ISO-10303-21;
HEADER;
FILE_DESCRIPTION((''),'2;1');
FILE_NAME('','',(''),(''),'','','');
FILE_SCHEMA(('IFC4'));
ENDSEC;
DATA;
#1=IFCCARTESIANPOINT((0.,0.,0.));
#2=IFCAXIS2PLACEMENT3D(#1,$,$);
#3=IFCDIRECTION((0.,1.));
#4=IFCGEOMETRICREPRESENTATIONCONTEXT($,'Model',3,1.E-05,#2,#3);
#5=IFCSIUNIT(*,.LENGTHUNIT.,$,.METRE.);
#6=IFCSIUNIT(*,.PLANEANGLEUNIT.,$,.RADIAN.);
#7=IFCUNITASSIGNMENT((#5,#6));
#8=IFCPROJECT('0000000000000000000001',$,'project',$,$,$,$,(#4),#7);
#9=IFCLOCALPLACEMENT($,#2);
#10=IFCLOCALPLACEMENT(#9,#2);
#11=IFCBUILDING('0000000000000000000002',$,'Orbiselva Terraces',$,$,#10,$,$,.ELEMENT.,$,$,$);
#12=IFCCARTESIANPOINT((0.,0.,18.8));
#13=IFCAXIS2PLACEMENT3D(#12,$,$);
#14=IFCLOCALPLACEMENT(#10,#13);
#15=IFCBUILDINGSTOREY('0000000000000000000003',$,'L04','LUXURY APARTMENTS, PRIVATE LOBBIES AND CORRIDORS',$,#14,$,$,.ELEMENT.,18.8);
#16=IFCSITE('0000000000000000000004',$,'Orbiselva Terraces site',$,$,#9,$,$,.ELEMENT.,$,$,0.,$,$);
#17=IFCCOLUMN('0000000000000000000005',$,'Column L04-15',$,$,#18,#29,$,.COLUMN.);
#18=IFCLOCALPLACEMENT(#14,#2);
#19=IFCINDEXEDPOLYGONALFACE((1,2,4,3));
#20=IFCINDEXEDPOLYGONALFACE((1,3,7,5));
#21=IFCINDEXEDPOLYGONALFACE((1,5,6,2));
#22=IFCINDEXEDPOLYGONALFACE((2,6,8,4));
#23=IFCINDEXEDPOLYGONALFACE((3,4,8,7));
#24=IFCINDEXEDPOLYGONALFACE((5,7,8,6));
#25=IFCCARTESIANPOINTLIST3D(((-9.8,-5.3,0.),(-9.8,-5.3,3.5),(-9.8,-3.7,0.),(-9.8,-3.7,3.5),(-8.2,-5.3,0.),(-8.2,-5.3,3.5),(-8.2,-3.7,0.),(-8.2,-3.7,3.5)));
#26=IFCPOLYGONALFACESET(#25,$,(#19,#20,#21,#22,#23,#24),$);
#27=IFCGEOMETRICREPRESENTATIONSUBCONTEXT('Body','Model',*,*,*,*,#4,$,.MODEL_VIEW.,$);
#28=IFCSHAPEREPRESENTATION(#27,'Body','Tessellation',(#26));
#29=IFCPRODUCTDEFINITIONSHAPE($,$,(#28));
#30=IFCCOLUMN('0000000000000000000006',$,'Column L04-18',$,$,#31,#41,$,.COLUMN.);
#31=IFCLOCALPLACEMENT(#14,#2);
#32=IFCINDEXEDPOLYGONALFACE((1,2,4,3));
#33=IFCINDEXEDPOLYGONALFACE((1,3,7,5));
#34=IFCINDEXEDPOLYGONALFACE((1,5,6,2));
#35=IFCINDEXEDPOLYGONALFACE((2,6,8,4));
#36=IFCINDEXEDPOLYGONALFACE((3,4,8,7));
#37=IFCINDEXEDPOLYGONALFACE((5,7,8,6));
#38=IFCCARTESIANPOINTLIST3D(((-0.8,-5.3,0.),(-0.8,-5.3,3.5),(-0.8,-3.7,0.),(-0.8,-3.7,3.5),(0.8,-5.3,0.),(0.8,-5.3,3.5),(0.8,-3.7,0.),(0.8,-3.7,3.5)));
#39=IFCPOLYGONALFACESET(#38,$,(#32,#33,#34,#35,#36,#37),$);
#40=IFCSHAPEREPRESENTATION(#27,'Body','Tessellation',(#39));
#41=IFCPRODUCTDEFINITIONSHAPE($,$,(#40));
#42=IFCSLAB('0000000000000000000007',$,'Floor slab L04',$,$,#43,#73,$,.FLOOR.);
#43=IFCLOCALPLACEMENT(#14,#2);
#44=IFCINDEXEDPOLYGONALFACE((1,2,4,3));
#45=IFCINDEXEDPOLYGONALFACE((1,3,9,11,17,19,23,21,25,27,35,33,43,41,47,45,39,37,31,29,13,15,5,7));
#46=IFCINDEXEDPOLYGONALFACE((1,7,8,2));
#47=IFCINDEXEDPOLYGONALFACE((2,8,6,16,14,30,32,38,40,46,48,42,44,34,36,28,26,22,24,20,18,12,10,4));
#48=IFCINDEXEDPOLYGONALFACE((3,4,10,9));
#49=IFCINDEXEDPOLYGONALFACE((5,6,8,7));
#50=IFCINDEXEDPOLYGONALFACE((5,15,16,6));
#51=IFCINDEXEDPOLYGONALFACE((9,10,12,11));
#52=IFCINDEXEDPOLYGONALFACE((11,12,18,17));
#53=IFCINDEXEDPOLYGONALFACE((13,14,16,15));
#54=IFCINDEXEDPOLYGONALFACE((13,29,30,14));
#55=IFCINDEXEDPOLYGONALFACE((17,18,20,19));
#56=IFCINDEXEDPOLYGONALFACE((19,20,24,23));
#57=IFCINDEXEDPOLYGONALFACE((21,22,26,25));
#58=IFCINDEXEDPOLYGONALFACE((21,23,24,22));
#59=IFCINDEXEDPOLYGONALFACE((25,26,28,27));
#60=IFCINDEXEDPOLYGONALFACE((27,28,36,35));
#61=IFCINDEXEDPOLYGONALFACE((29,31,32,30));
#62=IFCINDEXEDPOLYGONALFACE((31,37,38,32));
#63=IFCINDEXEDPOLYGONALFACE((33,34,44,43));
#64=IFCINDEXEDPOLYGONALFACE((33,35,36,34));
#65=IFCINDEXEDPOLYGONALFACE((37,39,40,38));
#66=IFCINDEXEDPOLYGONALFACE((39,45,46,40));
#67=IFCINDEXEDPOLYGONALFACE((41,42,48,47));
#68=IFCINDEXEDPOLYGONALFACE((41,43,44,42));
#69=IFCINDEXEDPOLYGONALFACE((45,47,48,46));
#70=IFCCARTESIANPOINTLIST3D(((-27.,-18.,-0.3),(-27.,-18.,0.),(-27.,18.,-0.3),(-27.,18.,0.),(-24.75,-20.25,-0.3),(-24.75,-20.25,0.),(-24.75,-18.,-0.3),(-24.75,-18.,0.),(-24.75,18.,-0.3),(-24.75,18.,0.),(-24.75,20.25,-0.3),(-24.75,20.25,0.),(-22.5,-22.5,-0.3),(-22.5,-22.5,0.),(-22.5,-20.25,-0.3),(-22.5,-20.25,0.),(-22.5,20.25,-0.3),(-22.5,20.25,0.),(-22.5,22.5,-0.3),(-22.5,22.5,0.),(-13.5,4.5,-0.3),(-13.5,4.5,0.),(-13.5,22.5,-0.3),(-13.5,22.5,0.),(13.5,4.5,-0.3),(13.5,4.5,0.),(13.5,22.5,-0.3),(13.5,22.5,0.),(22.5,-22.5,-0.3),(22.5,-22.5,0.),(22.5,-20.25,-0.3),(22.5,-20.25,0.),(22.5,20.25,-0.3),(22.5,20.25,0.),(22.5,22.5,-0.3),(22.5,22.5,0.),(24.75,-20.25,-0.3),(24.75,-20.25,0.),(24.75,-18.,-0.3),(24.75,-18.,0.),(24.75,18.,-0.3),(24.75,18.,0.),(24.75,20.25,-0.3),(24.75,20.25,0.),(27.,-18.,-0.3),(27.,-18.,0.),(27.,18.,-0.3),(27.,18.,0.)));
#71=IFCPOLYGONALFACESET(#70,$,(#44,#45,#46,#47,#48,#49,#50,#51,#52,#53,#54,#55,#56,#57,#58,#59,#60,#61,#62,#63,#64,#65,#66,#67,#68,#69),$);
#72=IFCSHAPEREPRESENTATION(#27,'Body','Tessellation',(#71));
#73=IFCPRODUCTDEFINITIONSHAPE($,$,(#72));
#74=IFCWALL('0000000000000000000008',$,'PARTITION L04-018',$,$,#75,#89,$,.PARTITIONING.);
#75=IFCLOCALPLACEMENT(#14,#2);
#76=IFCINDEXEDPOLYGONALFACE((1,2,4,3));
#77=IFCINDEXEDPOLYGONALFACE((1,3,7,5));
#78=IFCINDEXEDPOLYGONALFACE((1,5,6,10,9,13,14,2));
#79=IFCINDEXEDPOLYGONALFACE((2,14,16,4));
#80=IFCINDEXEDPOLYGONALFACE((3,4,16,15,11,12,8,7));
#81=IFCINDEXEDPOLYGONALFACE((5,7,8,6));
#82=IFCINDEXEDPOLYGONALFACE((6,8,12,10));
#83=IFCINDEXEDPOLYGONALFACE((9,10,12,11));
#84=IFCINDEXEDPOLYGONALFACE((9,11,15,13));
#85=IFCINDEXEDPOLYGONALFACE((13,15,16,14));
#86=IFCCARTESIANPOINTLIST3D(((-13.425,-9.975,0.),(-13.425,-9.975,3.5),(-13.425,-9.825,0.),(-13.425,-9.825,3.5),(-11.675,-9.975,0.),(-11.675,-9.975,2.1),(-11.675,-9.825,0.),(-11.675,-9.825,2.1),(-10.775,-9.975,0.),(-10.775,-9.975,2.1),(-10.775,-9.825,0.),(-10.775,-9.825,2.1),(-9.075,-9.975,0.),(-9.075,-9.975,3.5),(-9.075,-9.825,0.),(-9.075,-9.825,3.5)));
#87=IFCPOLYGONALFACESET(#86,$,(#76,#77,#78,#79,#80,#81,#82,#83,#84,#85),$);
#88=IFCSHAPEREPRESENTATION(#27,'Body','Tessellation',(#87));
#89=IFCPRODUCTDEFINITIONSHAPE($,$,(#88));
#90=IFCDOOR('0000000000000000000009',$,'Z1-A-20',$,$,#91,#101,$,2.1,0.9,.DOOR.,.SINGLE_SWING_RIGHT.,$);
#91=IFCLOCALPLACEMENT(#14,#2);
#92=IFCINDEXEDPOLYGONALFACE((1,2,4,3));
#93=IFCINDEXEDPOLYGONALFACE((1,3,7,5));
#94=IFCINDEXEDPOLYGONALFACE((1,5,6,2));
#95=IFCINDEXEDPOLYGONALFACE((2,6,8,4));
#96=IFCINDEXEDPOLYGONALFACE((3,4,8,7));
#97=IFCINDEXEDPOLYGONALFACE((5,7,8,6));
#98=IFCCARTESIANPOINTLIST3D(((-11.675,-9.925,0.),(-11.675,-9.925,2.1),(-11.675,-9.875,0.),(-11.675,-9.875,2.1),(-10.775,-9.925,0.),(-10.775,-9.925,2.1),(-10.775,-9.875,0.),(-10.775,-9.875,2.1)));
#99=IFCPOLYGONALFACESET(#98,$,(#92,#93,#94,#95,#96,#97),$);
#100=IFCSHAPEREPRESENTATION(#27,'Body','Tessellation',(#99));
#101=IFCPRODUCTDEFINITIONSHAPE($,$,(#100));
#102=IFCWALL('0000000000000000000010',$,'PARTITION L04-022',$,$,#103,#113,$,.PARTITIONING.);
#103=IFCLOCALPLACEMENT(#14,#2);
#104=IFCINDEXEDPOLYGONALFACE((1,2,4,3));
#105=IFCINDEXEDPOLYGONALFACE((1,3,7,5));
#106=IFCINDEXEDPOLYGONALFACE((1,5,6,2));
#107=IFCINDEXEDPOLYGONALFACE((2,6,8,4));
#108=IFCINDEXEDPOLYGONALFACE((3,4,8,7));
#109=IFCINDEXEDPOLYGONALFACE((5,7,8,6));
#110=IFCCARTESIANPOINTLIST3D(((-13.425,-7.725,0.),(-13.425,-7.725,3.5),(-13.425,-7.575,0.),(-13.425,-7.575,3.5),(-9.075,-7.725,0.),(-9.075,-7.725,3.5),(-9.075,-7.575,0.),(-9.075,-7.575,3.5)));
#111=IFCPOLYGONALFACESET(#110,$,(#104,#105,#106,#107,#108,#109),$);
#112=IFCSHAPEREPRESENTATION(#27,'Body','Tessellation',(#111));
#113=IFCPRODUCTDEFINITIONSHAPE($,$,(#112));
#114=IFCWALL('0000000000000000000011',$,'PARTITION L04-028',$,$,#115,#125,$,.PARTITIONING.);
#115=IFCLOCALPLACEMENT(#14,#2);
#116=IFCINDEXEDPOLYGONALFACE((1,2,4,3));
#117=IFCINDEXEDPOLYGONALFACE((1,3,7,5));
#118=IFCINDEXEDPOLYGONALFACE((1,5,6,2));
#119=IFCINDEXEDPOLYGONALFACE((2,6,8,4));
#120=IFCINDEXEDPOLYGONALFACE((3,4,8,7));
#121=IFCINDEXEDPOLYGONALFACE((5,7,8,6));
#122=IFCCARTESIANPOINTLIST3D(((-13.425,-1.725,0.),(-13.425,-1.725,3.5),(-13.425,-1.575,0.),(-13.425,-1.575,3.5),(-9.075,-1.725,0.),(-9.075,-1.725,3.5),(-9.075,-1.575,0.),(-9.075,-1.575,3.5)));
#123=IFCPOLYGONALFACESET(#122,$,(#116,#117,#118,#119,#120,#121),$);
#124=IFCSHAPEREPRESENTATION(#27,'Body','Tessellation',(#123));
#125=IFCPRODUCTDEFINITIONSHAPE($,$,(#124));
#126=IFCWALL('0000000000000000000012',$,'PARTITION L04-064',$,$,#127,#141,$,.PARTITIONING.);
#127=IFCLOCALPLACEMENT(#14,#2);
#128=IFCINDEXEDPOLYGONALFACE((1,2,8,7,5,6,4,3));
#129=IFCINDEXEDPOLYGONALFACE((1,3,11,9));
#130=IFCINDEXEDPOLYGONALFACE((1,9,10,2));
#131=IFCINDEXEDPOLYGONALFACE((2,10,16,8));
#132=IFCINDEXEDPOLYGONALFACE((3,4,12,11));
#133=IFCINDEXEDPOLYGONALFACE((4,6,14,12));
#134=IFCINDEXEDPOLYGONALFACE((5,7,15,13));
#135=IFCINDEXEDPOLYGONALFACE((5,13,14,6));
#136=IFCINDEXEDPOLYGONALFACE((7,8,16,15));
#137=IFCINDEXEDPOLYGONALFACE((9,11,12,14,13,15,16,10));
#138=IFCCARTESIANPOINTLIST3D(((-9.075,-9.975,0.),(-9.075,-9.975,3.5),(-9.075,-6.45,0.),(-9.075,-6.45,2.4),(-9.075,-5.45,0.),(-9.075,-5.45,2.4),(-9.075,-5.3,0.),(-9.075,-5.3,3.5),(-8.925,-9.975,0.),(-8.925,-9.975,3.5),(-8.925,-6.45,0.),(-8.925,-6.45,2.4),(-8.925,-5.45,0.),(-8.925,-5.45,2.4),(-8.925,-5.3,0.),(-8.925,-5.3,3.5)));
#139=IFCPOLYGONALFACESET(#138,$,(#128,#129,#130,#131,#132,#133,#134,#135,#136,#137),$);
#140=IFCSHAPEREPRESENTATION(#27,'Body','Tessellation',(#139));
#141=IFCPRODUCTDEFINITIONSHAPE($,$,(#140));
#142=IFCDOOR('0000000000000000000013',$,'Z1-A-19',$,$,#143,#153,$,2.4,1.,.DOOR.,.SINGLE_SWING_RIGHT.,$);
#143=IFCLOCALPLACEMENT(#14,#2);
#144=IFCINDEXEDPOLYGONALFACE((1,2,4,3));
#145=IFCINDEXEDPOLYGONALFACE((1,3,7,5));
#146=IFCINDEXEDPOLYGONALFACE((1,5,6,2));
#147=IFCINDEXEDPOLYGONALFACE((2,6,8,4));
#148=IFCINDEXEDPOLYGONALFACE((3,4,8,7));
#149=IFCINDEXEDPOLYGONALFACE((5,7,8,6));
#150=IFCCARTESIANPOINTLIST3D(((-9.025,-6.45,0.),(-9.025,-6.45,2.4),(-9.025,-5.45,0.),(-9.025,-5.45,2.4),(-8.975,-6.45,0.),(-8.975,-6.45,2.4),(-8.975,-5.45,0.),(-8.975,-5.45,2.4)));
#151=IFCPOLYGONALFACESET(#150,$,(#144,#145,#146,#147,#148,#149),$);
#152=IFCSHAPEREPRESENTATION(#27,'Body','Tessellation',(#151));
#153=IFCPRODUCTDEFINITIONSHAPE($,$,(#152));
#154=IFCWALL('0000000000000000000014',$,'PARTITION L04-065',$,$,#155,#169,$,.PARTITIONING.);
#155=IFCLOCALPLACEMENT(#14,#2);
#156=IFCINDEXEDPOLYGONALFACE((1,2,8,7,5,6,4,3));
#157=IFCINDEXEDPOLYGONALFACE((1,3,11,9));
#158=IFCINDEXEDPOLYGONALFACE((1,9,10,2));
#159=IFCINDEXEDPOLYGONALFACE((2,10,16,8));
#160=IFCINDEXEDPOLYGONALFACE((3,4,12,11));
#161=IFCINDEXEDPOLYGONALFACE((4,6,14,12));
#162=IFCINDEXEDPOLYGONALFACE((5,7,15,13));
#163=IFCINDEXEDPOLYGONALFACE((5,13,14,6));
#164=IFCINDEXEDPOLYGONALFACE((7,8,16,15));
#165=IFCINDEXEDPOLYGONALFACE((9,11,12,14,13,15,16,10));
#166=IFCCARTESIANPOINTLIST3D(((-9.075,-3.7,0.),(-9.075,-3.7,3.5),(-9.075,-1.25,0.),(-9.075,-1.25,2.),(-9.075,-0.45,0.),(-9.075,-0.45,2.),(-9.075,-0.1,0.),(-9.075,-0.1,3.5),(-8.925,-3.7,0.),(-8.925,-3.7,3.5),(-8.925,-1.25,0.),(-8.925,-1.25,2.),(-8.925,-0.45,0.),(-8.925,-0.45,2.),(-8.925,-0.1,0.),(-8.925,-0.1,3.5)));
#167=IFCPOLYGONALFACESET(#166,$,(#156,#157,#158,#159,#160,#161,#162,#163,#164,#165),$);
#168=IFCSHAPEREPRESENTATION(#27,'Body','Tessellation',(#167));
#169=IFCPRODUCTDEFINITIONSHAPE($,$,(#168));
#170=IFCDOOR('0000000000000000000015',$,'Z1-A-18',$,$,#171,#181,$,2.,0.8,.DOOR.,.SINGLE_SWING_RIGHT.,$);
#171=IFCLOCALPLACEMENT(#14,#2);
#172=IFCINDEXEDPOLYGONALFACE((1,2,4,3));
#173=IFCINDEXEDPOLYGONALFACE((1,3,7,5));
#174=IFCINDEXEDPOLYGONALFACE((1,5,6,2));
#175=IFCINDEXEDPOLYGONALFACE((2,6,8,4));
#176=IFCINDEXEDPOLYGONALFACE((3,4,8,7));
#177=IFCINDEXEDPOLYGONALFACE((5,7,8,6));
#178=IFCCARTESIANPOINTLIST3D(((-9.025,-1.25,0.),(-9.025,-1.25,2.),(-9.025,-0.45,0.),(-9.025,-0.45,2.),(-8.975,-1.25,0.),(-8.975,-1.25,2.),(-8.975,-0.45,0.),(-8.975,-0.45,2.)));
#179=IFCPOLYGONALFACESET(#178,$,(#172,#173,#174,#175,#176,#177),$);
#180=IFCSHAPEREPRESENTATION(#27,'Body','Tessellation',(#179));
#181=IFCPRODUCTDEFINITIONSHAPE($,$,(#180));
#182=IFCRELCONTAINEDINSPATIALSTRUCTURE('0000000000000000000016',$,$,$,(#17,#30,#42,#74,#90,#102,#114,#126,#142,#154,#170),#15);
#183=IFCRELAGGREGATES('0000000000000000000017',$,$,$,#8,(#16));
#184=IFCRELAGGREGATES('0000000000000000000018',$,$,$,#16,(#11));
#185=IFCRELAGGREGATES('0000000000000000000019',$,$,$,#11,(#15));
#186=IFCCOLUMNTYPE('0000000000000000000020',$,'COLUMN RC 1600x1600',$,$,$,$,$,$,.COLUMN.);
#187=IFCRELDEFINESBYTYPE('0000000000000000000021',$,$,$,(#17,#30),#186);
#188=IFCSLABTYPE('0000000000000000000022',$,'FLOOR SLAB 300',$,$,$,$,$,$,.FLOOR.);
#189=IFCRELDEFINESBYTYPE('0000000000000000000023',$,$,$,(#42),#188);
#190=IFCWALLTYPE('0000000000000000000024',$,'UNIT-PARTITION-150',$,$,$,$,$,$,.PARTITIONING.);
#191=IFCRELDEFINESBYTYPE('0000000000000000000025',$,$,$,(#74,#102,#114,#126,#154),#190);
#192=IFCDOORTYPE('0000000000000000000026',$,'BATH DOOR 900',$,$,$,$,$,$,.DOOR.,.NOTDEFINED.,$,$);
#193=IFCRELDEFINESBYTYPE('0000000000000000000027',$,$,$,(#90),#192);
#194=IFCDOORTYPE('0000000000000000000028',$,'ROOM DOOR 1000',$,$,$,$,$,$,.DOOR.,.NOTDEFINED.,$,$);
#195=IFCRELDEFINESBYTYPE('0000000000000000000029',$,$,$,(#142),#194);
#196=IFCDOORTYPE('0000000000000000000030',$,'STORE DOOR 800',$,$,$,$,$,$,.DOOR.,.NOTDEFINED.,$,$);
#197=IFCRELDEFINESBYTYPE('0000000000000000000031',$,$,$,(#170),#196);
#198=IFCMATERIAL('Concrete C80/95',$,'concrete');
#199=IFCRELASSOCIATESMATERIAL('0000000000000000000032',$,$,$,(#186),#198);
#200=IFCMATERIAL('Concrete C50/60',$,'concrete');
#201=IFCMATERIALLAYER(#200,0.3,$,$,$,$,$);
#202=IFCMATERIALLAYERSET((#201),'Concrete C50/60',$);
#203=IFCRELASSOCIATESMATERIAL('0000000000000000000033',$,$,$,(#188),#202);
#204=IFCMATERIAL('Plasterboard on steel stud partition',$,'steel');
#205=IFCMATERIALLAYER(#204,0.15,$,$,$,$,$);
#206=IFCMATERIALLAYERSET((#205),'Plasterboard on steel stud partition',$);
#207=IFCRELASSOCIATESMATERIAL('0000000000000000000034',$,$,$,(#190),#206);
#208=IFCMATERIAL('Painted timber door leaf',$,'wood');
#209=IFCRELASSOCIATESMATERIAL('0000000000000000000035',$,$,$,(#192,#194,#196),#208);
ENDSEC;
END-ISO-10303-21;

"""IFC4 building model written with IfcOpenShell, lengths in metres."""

from ifc_helpers import new_model, si_unit, direction, frame, frame_2d, origin, origin_2d, place, context, subcontext, project, spatial, polyline, rectangle, outline, extrude, material, layer, layer_set, material_profile, profile_set, type_object, element, fill, save


model = new_model("IFC4")

# Units and contexts
model_context = context("Model", 3, precision=1e-05, world=origin(), true_north=direction((0.0, 1.0)))
body_context = subcontext(model_context, "Body", "Model", "MODEL_VIEW")
ifc_project = project(units=[si_unit("LENGTHUNIT", "METRE"), si_unit("PLANEANGLEUNIT", "RADIAN")], contexts=[model_context])

# Site, building, storey
site_placement = place(None, origin())
site = spatial("IfcSite", under=ifc_project, at=site_placement, Name="Orbiselva Terraces site", CompositionType="ELEMENT", RefElevation=0.0)
building_placement = place(site_placement, origin())
building = spatial("IfcBuilding", under=site, at=building_placement, Name="Orbiselva Terraces", CompositionType="ELEMENT")
storey_placement = place(building_placement, frame((0.0, 0.0, 18.8)))
storey = spatial("IfcBuildingStorey", under=building, at=storey_placement, Name="L04", Description="LUXURY APARTMENTS, PRIVATE LOBBIES AND CORRIDORS", CompositionType="ELEMENT", Elevation=18.8)

# Columns
ifc_material_1 = material(Name="Concrete C80/95", Category="concrete")
ifc_material_profile = material_profile(ifc_material_1, rectangle(XDim=1.6, YDim=1.6, at=origin_2d()), Name="RC 1600x1600")
ifc_profile_set = profile_set([ifc_material_profile], Name="Concrete C80/95")
column_type = type_object("IfcColumnType", Name="COLUMN RC 1600x1600", PredefinedType="COLUMN", material=ifc_profile_set)
for number, where, z_axis, x_axis, name in (
    (1, (-9.0, -4.5, 0.0), (0.0, 0.0, 1.0), (1.0, 0.0, 0.0), "Column L04-15"),
    (2, (0.0, -4.5, 0.0), (0.0, 0.0, 1.0), (1.0, 0.0, 0.0), "Column L04-18"),
):
    element("IfcColumn", number, at=place(storey_placement, frame(where, z_axis=z_axis, x_axis=x_axis)), inside=storey, type_object=column_type, Name=name, PredefinedType="COLUMN", context=body_context, shape_type="SweptSolid", body=[
        extrude(rectangle(XDim=1.6, YDim=1.6, at=origin_2d()), origin(), (0.0, 0.0, 1.0), 3.5),
    ])

# Slab
ifc_material_2 = material(Name="Concrete C50/60", Category="concrete")
ifc_layer_1 = layer(ifc_material_2, 0.3)
ifc_layer_set_1 = layer_set([ifc_layer_1], Name="Concrete C50/60")
slab_type = type_object("IfcSlabType", Name="FLOOR SLAB 300", PredefinedType="FLOOR", material=ifc_layer_set_1)
slab_placement = place(storey_placement, frame((0.0, 0.0, -0.3)))
element("IfcSlab", 3, at=slab_placement, inside=storey, type_object=slab_type, Name="Floor slab L04", PredefinedType="FLOOR", context=body_context, shape_type="SweptSolid", body=[
    extrude(outline(polyline([(22.5, 22.5), (22.5, 20.25), (24.75, 20.25), (24.75, 18.0), (27.0, 18.0), (27.0, -18.0), (24.75, -18.0), (24.75, -20.25), (22.5, -20.25), (22.5, -22.5), (-22.5, -22.5), (-22.5, -20.25), (-24.75, -20.25), (-24.75, -18.0), (-27.0, -18.0), (-27.0, 18.0), (-24.75, 18.0), (-24.75, 20.25), (-22.5, 20.25), (-22.5, 22.5), (-13.5, 22.5), (-13.5, 4.5), (13.5, 4.5), (13.5, 22.5), (22.5, 22.5)])), origin(), (0.0, 0.0, 1.0), 0.3),
])

# Wall, opening, door
ifc_material_3 = material(Name="Plasterboard on steel stud partition", Category="steel")
ifc_layer_2 = layer(ifc_material_3, 0.15)
ifc_layer_set_2 = layer_set([ifc_layer_2], Name="Plasterboard on steel stud partition")
wall_type = type_object("IfcWallType", Name="UNIT-PARTITION-150", PredefinedType="PARTITIONING", material=ifc_layer_set_2)
wall_1_placement = place(storey_placement, frame((-13.425, -9.9, 0.0), z_axis=(0.0, 0.0, 1.0), x_axis=(1.0, 0.0, 0.0)))
wall_1 = element("IfcWall", 4, at=wall_1_placement, inside=storey, type_object=wall_type, Name="PARTITION L04-018", PredefinedType="PARTITIONING", context=body_context, shape_type="SweptSolid", body=[
    extrude(rectangle(XDim=4.35, YDim=0.15, at=frame_2d((2.175, 0.0))), origin(), (0.0, 0.0, 1.0), 3.5),
])
opening_1_placement = place(wall_1_placement, frame((1.75, 0.0, 0.0)))
opening_1 = element("IfcOpeningElement", 5, at=opening_1_placement, cuts=wall_1, PredefinedType="OPENING", context=body_context, shape_type="SweptSolid", body=[
    extrude(rectangle(XDim=0.9, YDim=2.1, at=frame_2d((0.45, 1.05))), frame((0.0, 0.085, 0.0), z_axis=(0.0, -1.0, 0.0), x_axis=(1.0, 0.0, 0.0)), (0.0, 0.0, 1.0), 0.17),
])
ifc_material_4 = material(Name="Painted timber door leaf", Category="wood")
door_type_1 = type_object("IfcDoorType", Name="BATH DOOR 900", OperationType="NOTDEFINED", PredefinedType="DOOR", material=ifc_material_4)
door_1_placement = place(opening_1_placement, origin())
door_1 = element("IfcDoor", 6, at=door_1_placement, inside=storey, type_object=door_type_1, Name="Z1-A-20", OperationType="SINGLE_SWING_RIGHT", OverallHeight=2.1, OverallWidth=0.9, PredefinedType="DOOR", context=body_context, shape_type="SweptSolid", body=[
    extrude(rectangle(XDim=0.9, YDim=2.1, at=frame_2d((0.45, 1.05))), frame((0.0, 0.025, 0.0), z_axis=(0.0, -1.0, 0.0), x_axis=(1.0, 0.0, 0.0)), (0.0, 0.0, 1.0), 0.05),
])
fill(opening_1, door_1)

# Walls
for number, where, z_axis, x_axis, name in (
    (7, (-13.425, -7.65, 0.0), (0.0, 0.0, 1.0), (1.0, 0.0, 0.0), "PARTITION L04-022"),
    (8, (-13.425, -1.65, 0.0), (0.0, 0.0, 1.0), (1.0, 0.0, 0.0), "PARTITION L04-028"),
):
    element("IfcWall", number, at=place(storey_placement, frame(where, z_axis=z_axis, x_axis=x_axis)), inside=storey, type_object=wall_type, Name=name, PredefinedType="PARTITIONING", context=body_context, shape_type="SweptSolid", body=[
        extrude(rectangle(XDim=4.35, YDim=0.15, at=frame_2d((2.175, 0.0))), origin(), (0.0, 0.0, 1.0), 3.5),
    ])

# Walls, openings, doors
wall_2_placement = place(storey_placement, frame((-9.0, -9.975, 0.0), z_axis=(0.0, 0.0, 1.0), x_axis=(0.0, 1.0, 0.0)))
wall_2 = element("IfcWall", 9, at=wall_2_placement, inside=storey, type_object=wall_type, Name="PARTITION L04-064", PredefinedType="PARTITIONING", context=body_context, shape_type="SweptSolid", body=[
    extrude(rectangle(XDim=4.675, YDim=0.15, at=frame_2d((2.3375, 0.0))), origin(), (0.0, 0.0, 1.0), 3.5),
])
opening_2_placement = place(wall_2_placement, frame((3.525, 0.0, 0.0)))
opening_2 = element("IfcOpeningElement", 10, at=opening_2_placement, cuts=wall_2, PredefinedType="OPENING", context=body_context, shape_type="SweptSolid", body=[
    extrude(rectangle(XDim=1.0, YDim=2.4, at=frame_2d((0.5, 1.2))), frame((0.0, 0.085, 0.0), z_axis=(0.0, -1.0, 0.0), x_axis=(1.0, 0.0, 0.0)), (0.0, 0.0, 1.0), 0.17),
])
door_type_2 = type_object("IfcDoorType", Name="ROOM DOOR 1000", OperationType="NOTDEFINED", PredefinedType="DOOR", material=ifc_material_4)
door_2_placement = place(opening_2_placement, origin())
door_2 = element("IfcDoor", 11, at=door_2_placement, inside=storey, type_object=door_type_2, Name="Z1-A-19", OperationType="SINGLE_SWING_RIGHT", OverallHeight=2.4, OverallWidth=1.0, PredefinedType="DOOR", context=body_context, shape_type="SweptSolid", body=[
    extrude(rectangle(XDim=1.0, YDim=2.4, at=frame_2d((0.5, 1.2))), frame((0.0, 0.025, 0.0), z_axis=(0.0, -1.0, 0.0), x_axis=(1.0, 0.0, 0.0)), (0.0, 0.0, 1.0), 0.05),
])
fill(opening_2, door_2)
wall_3_placement = place(storey_placement, frame((-9.0, -3.7, 0.0), z_axis=(0.0, 0.0, 1.0), x_axis=(0.0, 1.0, 0.0)))
wall_3 = element("IfcWall", 12, at=wall_3_placement, inside=storey, type_object=wall_type, Name="PARTITION L04-065", PredefinedType="PARTITIONING", context=body_context, shape_type="SweptSolid", body=[
    extrude(rectangle(XDim=3.6, YDim=0.15, at=frame_2d((1.8, 0.0))), origin(), (0.0, 0.0, 1.0), 3.5),
])
opening_3_placement = place(wall_3_placement, frame((2.45, 0.0, 0.0)))
opening_3 = element("IfcOpeningElement", 13, at=opening_3_placement, cuts=wall_3, PredefinedType="OPENING", context=body_context, shape_type="SweptSolid", body=[
    extrude(rectangle(XDim=0.8, YDim=2.0, at=frame_2d((0.4, 1.0))), frame((0.0, 0.085, 0.0), z_axis=(0.0, -1.0, 0.0), x_axis=(1.0, 0.0, 0.0)), (0.0, 0.0, 1.0), 0.17),
])
door_type_3 = type_object("IfcDoorType", Name="STORE DOOR 800", OperationType="NOTDEFINED", PredefinedType="DOOR", material=ifc_material_4)
door_3_placement = place(opening_3_placement, origin())
door_3 = element("IfcDoor", 14, at=door_3_placement, inside=storey, type_object=door_type_3, Name="Z1-A-18", OperationType="SINGLE_SWING_RIGHT", OverallHeight=2.0, OverallWidth=0.8, PredefinedType="DOOR", context=body_context, shape_type="SweptSolid", body=[
    extrude(rectangle(XDim=0.8, YDim=2.0, at=frame_2d((0.4, 1.0))), frame((0.0, 0.025, 0.0), z_axis=(0.0, -1.0, 0.0), x_axis=(1.0, 0.0, 0.0)), (0.0, 0.0, 1.0), 0.05),
])
fill(opening_3, door_3)

save(model, "model.ifc")
